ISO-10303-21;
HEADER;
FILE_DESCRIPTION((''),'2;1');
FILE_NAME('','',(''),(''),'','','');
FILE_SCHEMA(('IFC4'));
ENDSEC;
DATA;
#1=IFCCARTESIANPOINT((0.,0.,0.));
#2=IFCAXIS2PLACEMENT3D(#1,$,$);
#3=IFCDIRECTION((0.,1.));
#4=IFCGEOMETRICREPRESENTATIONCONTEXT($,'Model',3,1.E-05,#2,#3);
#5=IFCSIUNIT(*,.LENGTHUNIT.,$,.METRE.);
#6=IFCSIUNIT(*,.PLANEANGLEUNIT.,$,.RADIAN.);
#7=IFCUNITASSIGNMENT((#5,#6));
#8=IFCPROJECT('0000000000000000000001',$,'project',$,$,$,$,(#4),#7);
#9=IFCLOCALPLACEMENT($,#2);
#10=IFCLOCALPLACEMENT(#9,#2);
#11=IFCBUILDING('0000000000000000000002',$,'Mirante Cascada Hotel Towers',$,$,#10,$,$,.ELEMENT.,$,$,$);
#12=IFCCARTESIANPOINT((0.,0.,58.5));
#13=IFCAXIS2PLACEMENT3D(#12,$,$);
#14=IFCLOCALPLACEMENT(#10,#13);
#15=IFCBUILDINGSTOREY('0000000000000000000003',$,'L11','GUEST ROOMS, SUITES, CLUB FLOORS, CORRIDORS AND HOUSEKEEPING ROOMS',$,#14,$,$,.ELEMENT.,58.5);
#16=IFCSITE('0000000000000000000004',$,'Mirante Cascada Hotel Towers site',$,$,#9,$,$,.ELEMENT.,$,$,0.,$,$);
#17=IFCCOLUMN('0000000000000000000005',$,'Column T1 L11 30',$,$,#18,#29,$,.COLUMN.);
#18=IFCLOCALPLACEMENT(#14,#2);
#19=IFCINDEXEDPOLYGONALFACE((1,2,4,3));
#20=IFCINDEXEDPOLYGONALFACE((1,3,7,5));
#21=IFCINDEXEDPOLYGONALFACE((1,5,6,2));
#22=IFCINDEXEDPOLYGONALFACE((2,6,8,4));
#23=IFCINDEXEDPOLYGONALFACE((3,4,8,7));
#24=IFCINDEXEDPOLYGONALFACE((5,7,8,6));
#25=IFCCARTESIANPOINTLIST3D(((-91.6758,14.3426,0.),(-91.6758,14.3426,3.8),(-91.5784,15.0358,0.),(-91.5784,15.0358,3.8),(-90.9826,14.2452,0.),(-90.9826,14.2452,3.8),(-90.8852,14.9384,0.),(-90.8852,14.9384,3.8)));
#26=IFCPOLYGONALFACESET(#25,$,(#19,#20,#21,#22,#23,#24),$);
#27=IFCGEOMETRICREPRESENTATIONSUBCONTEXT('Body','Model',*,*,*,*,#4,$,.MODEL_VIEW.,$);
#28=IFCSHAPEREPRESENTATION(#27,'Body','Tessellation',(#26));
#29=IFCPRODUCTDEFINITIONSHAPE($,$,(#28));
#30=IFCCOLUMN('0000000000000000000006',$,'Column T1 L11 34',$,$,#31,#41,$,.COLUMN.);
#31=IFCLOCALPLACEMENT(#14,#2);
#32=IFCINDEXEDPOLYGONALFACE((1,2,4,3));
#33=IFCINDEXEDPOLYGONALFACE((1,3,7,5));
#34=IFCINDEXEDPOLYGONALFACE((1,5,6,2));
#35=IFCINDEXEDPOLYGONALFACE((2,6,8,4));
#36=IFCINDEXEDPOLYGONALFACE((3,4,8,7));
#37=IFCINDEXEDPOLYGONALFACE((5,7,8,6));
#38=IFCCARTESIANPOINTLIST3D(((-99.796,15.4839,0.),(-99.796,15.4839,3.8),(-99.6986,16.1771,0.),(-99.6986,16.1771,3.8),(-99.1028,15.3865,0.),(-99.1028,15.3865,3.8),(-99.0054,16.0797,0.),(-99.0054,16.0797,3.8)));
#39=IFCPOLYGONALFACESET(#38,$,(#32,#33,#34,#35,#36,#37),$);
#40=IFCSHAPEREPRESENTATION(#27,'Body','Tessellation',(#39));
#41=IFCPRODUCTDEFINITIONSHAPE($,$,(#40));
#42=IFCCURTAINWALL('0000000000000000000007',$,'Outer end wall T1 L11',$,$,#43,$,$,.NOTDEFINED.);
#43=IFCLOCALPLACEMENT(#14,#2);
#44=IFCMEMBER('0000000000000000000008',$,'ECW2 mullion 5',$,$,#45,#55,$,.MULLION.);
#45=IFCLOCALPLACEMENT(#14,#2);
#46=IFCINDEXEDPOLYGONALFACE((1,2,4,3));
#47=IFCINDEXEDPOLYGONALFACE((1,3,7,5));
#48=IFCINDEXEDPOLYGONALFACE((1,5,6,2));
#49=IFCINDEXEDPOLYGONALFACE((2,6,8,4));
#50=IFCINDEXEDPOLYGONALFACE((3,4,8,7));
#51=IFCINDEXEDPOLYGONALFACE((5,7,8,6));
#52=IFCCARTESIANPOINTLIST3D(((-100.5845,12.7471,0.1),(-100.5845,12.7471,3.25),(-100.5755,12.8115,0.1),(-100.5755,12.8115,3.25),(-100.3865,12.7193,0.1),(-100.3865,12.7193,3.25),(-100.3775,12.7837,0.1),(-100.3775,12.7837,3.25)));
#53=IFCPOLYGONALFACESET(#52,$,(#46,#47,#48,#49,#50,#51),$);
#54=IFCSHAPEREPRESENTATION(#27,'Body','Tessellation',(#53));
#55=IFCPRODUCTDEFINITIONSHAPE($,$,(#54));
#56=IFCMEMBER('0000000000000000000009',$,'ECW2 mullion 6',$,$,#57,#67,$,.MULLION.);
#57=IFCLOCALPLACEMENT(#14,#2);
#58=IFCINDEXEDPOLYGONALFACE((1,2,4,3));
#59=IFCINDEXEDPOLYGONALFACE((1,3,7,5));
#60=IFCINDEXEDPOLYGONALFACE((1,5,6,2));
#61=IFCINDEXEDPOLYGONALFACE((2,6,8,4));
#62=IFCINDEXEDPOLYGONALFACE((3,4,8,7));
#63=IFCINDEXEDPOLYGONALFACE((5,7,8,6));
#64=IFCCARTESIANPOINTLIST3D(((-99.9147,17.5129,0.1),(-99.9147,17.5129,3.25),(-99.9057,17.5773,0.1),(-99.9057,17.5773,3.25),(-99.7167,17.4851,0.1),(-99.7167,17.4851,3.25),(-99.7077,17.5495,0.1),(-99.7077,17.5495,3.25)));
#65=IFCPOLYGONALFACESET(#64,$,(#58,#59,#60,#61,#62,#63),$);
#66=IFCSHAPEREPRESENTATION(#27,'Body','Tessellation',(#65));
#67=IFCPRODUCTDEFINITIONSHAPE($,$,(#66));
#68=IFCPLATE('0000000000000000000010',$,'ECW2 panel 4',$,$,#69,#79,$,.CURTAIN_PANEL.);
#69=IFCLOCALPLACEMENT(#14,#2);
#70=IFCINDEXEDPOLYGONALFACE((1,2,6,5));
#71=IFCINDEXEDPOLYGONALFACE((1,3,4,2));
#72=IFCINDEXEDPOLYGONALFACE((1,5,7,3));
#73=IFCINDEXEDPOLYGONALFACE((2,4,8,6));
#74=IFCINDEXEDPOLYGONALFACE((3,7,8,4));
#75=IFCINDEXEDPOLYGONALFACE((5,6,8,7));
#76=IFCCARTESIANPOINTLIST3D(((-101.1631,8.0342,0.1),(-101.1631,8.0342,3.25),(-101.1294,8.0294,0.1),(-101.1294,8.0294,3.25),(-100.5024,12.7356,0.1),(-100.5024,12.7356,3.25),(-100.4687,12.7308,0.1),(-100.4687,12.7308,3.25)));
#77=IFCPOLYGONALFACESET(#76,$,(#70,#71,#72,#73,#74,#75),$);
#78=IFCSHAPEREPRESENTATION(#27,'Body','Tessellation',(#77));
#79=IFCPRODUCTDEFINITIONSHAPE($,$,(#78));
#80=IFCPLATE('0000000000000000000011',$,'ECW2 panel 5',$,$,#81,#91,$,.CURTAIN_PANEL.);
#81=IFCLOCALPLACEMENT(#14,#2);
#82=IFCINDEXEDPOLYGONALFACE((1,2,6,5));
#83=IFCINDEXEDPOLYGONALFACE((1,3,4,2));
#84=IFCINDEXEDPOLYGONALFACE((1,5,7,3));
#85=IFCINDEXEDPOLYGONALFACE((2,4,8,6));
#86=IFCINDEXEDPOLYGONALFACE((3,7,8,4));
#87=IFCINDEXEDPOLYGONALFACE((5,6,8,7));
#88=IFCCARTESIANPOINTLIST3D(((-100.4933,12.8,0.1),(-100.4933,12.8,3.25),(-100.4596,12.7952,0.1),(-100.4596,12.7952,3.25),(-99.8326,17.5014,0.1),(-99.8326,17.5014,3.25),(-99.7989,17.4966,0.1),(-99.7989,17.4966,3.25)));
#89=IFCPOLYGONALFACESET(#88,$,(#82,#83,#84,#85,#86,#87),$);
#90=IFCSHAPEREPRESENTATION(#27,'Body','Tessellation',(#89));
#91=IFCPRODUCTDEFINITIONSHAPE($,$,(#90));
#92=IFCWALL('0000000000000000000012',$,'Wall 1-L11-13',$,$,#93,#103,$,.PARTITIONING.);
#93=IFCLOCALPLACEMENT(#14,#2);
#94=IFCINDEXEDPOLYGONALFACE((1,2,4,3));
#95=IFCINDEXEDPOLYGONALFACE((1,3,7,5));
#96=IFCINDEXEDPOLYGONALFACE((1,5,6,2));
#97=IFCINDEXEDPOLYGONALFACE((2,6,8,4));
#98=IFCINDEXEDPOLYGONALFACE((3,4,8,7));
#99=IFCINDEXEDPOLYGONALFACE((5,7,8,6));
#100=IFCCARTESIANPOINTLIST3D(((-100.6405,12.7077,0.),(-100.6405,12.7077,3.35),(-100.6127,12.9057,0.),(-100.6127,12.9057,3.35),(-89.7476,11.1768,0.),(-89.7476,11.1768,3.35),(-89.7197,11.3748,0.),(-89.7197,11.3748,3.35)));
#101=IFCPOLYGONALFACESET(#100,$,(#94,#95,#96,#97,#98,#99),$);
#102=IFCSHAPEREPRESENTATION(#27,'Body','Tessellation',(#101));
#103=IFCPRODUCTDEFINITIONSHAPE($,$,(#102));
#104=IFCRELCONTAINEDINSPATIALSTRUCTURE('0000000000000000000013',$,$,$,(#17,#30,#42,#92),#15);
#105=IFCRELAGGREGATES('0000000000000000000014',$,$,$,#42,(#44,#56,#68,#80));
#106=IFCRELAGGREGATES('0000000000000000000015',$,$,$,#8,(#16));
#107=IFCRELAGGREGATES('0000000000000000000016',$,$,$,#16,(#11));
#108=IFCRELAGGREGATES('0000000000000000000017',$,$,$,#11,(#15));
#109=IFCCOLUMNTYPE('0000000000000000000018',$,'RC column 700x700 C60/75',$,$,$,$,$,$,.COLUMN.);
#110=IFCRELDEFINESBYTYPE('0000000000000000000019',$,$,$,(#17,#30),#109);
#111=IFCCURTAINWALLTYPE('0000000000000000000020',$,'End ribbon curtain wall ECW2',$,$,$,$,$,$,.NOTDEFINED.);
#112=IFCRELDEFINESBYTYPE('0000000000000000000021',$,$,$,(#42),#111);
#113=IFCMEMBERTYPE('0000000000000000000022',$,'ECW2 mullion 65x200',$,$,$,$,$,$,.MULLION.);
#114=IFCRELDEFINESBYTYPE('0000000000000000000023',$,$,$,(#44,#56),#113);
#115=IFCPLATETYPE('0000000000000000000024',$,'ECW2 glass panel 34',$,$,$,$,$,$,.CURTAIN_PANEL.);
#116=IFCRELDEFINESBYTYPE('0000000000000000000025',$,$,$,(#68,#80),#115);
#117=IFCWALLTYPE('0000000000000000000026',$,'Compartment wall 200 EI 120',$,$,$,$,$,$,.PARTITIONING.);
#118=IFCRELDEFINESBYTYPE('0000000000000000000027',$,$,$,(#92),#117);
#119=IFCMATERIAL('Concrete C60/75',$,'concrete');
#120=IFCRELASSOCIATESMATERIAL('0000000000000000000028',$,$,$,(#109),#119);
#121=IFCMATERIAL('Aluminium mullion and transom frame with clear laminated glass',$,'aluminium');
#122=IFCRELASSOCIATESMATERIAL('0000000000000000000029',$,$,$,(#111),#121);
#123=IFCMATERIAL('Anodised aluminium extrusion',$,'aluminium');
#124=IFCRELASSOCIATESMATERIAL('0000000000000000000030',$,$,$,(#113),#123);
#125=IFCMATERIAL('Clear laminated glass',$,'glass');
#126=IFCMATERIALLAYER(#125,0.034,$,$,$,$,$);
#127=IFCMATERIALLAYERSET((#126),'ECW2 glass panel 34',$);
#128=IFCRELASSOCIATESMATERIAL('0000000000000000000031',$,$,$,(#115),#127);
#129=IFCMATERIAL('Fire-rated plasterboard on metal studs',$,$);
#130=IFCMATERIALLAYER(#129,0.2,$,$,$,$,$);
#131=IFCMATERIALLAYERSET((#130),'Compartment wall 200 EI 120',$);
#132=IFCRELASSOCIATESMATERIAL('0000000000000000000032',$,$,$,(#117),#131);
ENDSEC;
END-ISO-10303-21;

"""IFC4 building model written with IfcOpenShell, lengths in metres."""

from ifc_helpers import new_model, si_unit, direction, frame, frame_2d, origin, origin_2d, place, context, subcontext, project, spatial, rectangle, extrude, material, layer, layer_set, material_profile, profile_set, type_object, element, aggregate, save


model = new_model("IFC4")

# Units and contexts
model_context = context("Model", 3, precision=1e-05, world=origin(), true_north=direction((0.0, 1.0)))
body_context = subcontext(model_context, "Body", "Model", "MODEL_VIEW")
ifc_project = project(units=[si_unit("LENGTHUNIT", "METRE"), si_unit("PLANEANGLEUNIT", "RADIAN")], contexts=[model_context])

# Site, building, storey
site_placement = place(None, origin())
site = spatial("IfcSite", under=ifc_project, at=site_placement, Name="Mirante Cascada Hotel Towers site", CompositionType="ELEMENT", RefElevation=0.0)
building_placement = place(site_placement, origin())
building = spatial("IfcBuilding", under=site, at=building_placement, Name="Mirante Cascada Hotel Towers", CompositionType="ELEMENT")
storey_placement = place(building_placement, frame((0.0, 0.0, 58.5)))
storey = spatial("IfcBuildingStorey", under=building, at=storey_placement, Name="L11", Description="GUEST ROOMS, SUITES, CLUB FLOORS, CORRIDORS AND HOUSEKEEPING ROOMS", CompositionType="ELEMENT", Elevation=58.5)

# Columns
ifc_material_1 = material(Name="Concrete C60/75", Category="concrete")
ifc_material_profile_1 = material_profile(ifc_material_1, rectangle(XDim=0.7, YDim=0.7, at=origin_2d()), Name="RC column 700x700 C60/75")
ifc_profile_set_1 = profile_set([ifc_material_profile_1], Name="Concrete C60/75")
column_type = type_object("IfcColumnType", Name="RC column 700x700 C60/75", PredefinedType="COLUMN", material=ifc_profile_set_1)
for number, where, z_axis, x_axis, name in (
    (1, (-91.2805, 14.6405, 0.0), (0.0, 0.0, 1.0), (-0.990268, 0.139173, 0.0), "Column T1 L11 30"),
    (2, (-99.4007, 15.7818, 0.0), (0.0, 0.0, 1.0), (-0.990268, 0.139173, 0.0), "Column T1 L11 34"),
):
    element("IfcColumn", number, at=place(storey_placement, frame(where, z_axis=z_axis, x_axis=x_axis)), inside=storey, type_object=column_type, Name=name, PredefinedType="COLUMN", context=body_context, shape_type="SweptSolid", body=[
        extrude(rectangle(XDim=0.7, YDim=0.7, at=origin_2d()), origin(), (0.0, 0.0, 1.0), 3.8),
    ])

# Curtain wall, members, plates
ifc_material_2 = material(Name="Aluminium mullion and transom frame with clear laminated glass", Category="aluminium")
curtain_wall_type = type_object("IfcCurtainWallType", Name="End ribbon curtain wall ECW2", PredefinedType="NOTDEFINED", material=ifc_material_2)
curtain_wall_placement = place(storey_placement, origin())
curtain_wall = element("IfcCurtainWall", 3, at=curtain_wall_placement, inside=storey, type_object=curtain_wall_type, Name="Outer end wall T1 L11", PredefinedType="NOTDEFINED")
ifc_material_3 = material(Name="Anodised aluminium extrusion", Category="aluminium")
ifc_material_profile_2 = material_profile(ifc_material_3, rectangle(XDim=0.2, YDim=0.065, at=origin_2d()), Name="ECW2 MULLION 65x200")
ifc_profile_set_2 = profile_set([ifc_material_profile_2], Name="Anodised aluminium extrusion")
member_type = type_object("IfcMemberType", Name="ECW2 mullion 65x200", PredefinedType="MULLION", material=ifc_profile_set_2)
member_1_placement = place(storey_placement, frame((-100.481, 12.7654, 0.1), z_axis=(0.0, 0.0, 1.0), x_axis=(-0.990268, 0.139173, 0.0)))
member_1 = element("IfcMember", 4, at=member_1_placement, type_object=member_type, Name="ECW2 mullion 5", PredefinedType="MULLION", context=body_context, shape_type="SweptSolid", body=[
    extrude(rectangle(XDim=0.2, YDim=0.065, at=origin_2d()), origin(), (0.0, 0.0, 1.0), 3.15),
])
member_2_placement = place(storey_placement, frame((-99.8112, 17.5312, 0.1), z_axis=(0.0, 0.0, 1.0), x_axis=(-0.990268, 0.139173, 0.0)))
member_2 = element("IfcMember", 5, at=member_2_placement, type_object=member_type, Name="ECW2 mullion 6", PredefinedType="MULLION", context=body_context, shape_type="SweptSolid", body=[
    extrude(rectangle(XDim=0.2, YDim=0.065, at=origin_2d()), origin(), (0.0, 0.0, 1.0), 3.15),
])
ifc_material_4 = material(Name="Clear laminated glass", Category="glass")
ifc_layer_1 = layer(ifc_material_4, 0.034)
ifc_layer_set_1 = layer_set([ifc_layer_1], Name="ECW2 glass panel 34")
plate_type = type_object("IfcPlateType", Name="ECW2 glass panel 34", PredefinedType="CURTAIN_PANEL", material=ifc_layer_set_1)
plate_1_placement = place(storey_placement, frame((-100.8159, 10.3825, 0.1), z_axis=(0.0, 0.0, 1.0), x_axis=(0.139173, 0.990268, 0.0)))
plate_1 = element("IfcPlate", 6, at=plate_1_placement, type_object=plate_type, Name="ECW2 panel 4", PredefinedType="CURTAIN_PANEL", context=body_context, shape_type="SweptSolid", body=[
    extrude(rectangle(XDim=4.7476, YDim=0.034, at=origin_2d()), origin(), (0.0, 0.0, 1.0), 3.15),
])
plate_2_placement = place(storey_placement, frame((-100.1461, 15.1483, 0.1), z_axis=(0.0, 0.0, 1.0), x_axis=(0.139173, 0.990268, 0.0)))
plate_2 = element("IfcPlate", 7, at=plate_2_placement, type_object=plate_type, Name="ECW2 panel 5", PredefinedType="CURTAIN_PANEL", context=body_context, shape_type="SweptSolid", body=[
    extrude(rectangle(XDim=4.7476, YDim=0.034, at=origin_2d()), origin(), (0.0, 0.0, 1.0), 3.15),
])
aggregate(curtain_wall, [member_1, member_2, plate_1, plate_2])

# Wall
ifc_material_5 = material(Name="Fire-rated plasterboard on metal studs")
ifc_layer_2 = layer(ifc_material_5, 0.2)
ifc_layer_set_2 = layer_set([ifc_layer_2], Name="Compartment wall 200 EI 120")
wall_type_1 = type_object("IfcWallType", Name="Compartment wall 200 EI 120", PredefinedType="PARTITIONING", material=ifc_layer_set_2)
wall_1_placement = place(storey_placement, frame((-100.6266, 12.8067, 0.0), z_axis=(0.0, 0.0, 1.0), x_axis=(0.990268, -0.139173, 0.0)))
element("IfcWall", 8, at=wall_1_placement, inside=storey, type_object=wall_type_1, Name="Wall 1-L11-13", PredefinedType="PARTITIONING", context=body_context, shape_type="SweptSolid", body=[
    extrude(rectangle(XDim=11.0, YDim=0.2, at=frame_2d((5.5, 0.0))), origin(), (0.0, 0.0, 1.0), 3.35),
])

save(model, "model.ifc")
